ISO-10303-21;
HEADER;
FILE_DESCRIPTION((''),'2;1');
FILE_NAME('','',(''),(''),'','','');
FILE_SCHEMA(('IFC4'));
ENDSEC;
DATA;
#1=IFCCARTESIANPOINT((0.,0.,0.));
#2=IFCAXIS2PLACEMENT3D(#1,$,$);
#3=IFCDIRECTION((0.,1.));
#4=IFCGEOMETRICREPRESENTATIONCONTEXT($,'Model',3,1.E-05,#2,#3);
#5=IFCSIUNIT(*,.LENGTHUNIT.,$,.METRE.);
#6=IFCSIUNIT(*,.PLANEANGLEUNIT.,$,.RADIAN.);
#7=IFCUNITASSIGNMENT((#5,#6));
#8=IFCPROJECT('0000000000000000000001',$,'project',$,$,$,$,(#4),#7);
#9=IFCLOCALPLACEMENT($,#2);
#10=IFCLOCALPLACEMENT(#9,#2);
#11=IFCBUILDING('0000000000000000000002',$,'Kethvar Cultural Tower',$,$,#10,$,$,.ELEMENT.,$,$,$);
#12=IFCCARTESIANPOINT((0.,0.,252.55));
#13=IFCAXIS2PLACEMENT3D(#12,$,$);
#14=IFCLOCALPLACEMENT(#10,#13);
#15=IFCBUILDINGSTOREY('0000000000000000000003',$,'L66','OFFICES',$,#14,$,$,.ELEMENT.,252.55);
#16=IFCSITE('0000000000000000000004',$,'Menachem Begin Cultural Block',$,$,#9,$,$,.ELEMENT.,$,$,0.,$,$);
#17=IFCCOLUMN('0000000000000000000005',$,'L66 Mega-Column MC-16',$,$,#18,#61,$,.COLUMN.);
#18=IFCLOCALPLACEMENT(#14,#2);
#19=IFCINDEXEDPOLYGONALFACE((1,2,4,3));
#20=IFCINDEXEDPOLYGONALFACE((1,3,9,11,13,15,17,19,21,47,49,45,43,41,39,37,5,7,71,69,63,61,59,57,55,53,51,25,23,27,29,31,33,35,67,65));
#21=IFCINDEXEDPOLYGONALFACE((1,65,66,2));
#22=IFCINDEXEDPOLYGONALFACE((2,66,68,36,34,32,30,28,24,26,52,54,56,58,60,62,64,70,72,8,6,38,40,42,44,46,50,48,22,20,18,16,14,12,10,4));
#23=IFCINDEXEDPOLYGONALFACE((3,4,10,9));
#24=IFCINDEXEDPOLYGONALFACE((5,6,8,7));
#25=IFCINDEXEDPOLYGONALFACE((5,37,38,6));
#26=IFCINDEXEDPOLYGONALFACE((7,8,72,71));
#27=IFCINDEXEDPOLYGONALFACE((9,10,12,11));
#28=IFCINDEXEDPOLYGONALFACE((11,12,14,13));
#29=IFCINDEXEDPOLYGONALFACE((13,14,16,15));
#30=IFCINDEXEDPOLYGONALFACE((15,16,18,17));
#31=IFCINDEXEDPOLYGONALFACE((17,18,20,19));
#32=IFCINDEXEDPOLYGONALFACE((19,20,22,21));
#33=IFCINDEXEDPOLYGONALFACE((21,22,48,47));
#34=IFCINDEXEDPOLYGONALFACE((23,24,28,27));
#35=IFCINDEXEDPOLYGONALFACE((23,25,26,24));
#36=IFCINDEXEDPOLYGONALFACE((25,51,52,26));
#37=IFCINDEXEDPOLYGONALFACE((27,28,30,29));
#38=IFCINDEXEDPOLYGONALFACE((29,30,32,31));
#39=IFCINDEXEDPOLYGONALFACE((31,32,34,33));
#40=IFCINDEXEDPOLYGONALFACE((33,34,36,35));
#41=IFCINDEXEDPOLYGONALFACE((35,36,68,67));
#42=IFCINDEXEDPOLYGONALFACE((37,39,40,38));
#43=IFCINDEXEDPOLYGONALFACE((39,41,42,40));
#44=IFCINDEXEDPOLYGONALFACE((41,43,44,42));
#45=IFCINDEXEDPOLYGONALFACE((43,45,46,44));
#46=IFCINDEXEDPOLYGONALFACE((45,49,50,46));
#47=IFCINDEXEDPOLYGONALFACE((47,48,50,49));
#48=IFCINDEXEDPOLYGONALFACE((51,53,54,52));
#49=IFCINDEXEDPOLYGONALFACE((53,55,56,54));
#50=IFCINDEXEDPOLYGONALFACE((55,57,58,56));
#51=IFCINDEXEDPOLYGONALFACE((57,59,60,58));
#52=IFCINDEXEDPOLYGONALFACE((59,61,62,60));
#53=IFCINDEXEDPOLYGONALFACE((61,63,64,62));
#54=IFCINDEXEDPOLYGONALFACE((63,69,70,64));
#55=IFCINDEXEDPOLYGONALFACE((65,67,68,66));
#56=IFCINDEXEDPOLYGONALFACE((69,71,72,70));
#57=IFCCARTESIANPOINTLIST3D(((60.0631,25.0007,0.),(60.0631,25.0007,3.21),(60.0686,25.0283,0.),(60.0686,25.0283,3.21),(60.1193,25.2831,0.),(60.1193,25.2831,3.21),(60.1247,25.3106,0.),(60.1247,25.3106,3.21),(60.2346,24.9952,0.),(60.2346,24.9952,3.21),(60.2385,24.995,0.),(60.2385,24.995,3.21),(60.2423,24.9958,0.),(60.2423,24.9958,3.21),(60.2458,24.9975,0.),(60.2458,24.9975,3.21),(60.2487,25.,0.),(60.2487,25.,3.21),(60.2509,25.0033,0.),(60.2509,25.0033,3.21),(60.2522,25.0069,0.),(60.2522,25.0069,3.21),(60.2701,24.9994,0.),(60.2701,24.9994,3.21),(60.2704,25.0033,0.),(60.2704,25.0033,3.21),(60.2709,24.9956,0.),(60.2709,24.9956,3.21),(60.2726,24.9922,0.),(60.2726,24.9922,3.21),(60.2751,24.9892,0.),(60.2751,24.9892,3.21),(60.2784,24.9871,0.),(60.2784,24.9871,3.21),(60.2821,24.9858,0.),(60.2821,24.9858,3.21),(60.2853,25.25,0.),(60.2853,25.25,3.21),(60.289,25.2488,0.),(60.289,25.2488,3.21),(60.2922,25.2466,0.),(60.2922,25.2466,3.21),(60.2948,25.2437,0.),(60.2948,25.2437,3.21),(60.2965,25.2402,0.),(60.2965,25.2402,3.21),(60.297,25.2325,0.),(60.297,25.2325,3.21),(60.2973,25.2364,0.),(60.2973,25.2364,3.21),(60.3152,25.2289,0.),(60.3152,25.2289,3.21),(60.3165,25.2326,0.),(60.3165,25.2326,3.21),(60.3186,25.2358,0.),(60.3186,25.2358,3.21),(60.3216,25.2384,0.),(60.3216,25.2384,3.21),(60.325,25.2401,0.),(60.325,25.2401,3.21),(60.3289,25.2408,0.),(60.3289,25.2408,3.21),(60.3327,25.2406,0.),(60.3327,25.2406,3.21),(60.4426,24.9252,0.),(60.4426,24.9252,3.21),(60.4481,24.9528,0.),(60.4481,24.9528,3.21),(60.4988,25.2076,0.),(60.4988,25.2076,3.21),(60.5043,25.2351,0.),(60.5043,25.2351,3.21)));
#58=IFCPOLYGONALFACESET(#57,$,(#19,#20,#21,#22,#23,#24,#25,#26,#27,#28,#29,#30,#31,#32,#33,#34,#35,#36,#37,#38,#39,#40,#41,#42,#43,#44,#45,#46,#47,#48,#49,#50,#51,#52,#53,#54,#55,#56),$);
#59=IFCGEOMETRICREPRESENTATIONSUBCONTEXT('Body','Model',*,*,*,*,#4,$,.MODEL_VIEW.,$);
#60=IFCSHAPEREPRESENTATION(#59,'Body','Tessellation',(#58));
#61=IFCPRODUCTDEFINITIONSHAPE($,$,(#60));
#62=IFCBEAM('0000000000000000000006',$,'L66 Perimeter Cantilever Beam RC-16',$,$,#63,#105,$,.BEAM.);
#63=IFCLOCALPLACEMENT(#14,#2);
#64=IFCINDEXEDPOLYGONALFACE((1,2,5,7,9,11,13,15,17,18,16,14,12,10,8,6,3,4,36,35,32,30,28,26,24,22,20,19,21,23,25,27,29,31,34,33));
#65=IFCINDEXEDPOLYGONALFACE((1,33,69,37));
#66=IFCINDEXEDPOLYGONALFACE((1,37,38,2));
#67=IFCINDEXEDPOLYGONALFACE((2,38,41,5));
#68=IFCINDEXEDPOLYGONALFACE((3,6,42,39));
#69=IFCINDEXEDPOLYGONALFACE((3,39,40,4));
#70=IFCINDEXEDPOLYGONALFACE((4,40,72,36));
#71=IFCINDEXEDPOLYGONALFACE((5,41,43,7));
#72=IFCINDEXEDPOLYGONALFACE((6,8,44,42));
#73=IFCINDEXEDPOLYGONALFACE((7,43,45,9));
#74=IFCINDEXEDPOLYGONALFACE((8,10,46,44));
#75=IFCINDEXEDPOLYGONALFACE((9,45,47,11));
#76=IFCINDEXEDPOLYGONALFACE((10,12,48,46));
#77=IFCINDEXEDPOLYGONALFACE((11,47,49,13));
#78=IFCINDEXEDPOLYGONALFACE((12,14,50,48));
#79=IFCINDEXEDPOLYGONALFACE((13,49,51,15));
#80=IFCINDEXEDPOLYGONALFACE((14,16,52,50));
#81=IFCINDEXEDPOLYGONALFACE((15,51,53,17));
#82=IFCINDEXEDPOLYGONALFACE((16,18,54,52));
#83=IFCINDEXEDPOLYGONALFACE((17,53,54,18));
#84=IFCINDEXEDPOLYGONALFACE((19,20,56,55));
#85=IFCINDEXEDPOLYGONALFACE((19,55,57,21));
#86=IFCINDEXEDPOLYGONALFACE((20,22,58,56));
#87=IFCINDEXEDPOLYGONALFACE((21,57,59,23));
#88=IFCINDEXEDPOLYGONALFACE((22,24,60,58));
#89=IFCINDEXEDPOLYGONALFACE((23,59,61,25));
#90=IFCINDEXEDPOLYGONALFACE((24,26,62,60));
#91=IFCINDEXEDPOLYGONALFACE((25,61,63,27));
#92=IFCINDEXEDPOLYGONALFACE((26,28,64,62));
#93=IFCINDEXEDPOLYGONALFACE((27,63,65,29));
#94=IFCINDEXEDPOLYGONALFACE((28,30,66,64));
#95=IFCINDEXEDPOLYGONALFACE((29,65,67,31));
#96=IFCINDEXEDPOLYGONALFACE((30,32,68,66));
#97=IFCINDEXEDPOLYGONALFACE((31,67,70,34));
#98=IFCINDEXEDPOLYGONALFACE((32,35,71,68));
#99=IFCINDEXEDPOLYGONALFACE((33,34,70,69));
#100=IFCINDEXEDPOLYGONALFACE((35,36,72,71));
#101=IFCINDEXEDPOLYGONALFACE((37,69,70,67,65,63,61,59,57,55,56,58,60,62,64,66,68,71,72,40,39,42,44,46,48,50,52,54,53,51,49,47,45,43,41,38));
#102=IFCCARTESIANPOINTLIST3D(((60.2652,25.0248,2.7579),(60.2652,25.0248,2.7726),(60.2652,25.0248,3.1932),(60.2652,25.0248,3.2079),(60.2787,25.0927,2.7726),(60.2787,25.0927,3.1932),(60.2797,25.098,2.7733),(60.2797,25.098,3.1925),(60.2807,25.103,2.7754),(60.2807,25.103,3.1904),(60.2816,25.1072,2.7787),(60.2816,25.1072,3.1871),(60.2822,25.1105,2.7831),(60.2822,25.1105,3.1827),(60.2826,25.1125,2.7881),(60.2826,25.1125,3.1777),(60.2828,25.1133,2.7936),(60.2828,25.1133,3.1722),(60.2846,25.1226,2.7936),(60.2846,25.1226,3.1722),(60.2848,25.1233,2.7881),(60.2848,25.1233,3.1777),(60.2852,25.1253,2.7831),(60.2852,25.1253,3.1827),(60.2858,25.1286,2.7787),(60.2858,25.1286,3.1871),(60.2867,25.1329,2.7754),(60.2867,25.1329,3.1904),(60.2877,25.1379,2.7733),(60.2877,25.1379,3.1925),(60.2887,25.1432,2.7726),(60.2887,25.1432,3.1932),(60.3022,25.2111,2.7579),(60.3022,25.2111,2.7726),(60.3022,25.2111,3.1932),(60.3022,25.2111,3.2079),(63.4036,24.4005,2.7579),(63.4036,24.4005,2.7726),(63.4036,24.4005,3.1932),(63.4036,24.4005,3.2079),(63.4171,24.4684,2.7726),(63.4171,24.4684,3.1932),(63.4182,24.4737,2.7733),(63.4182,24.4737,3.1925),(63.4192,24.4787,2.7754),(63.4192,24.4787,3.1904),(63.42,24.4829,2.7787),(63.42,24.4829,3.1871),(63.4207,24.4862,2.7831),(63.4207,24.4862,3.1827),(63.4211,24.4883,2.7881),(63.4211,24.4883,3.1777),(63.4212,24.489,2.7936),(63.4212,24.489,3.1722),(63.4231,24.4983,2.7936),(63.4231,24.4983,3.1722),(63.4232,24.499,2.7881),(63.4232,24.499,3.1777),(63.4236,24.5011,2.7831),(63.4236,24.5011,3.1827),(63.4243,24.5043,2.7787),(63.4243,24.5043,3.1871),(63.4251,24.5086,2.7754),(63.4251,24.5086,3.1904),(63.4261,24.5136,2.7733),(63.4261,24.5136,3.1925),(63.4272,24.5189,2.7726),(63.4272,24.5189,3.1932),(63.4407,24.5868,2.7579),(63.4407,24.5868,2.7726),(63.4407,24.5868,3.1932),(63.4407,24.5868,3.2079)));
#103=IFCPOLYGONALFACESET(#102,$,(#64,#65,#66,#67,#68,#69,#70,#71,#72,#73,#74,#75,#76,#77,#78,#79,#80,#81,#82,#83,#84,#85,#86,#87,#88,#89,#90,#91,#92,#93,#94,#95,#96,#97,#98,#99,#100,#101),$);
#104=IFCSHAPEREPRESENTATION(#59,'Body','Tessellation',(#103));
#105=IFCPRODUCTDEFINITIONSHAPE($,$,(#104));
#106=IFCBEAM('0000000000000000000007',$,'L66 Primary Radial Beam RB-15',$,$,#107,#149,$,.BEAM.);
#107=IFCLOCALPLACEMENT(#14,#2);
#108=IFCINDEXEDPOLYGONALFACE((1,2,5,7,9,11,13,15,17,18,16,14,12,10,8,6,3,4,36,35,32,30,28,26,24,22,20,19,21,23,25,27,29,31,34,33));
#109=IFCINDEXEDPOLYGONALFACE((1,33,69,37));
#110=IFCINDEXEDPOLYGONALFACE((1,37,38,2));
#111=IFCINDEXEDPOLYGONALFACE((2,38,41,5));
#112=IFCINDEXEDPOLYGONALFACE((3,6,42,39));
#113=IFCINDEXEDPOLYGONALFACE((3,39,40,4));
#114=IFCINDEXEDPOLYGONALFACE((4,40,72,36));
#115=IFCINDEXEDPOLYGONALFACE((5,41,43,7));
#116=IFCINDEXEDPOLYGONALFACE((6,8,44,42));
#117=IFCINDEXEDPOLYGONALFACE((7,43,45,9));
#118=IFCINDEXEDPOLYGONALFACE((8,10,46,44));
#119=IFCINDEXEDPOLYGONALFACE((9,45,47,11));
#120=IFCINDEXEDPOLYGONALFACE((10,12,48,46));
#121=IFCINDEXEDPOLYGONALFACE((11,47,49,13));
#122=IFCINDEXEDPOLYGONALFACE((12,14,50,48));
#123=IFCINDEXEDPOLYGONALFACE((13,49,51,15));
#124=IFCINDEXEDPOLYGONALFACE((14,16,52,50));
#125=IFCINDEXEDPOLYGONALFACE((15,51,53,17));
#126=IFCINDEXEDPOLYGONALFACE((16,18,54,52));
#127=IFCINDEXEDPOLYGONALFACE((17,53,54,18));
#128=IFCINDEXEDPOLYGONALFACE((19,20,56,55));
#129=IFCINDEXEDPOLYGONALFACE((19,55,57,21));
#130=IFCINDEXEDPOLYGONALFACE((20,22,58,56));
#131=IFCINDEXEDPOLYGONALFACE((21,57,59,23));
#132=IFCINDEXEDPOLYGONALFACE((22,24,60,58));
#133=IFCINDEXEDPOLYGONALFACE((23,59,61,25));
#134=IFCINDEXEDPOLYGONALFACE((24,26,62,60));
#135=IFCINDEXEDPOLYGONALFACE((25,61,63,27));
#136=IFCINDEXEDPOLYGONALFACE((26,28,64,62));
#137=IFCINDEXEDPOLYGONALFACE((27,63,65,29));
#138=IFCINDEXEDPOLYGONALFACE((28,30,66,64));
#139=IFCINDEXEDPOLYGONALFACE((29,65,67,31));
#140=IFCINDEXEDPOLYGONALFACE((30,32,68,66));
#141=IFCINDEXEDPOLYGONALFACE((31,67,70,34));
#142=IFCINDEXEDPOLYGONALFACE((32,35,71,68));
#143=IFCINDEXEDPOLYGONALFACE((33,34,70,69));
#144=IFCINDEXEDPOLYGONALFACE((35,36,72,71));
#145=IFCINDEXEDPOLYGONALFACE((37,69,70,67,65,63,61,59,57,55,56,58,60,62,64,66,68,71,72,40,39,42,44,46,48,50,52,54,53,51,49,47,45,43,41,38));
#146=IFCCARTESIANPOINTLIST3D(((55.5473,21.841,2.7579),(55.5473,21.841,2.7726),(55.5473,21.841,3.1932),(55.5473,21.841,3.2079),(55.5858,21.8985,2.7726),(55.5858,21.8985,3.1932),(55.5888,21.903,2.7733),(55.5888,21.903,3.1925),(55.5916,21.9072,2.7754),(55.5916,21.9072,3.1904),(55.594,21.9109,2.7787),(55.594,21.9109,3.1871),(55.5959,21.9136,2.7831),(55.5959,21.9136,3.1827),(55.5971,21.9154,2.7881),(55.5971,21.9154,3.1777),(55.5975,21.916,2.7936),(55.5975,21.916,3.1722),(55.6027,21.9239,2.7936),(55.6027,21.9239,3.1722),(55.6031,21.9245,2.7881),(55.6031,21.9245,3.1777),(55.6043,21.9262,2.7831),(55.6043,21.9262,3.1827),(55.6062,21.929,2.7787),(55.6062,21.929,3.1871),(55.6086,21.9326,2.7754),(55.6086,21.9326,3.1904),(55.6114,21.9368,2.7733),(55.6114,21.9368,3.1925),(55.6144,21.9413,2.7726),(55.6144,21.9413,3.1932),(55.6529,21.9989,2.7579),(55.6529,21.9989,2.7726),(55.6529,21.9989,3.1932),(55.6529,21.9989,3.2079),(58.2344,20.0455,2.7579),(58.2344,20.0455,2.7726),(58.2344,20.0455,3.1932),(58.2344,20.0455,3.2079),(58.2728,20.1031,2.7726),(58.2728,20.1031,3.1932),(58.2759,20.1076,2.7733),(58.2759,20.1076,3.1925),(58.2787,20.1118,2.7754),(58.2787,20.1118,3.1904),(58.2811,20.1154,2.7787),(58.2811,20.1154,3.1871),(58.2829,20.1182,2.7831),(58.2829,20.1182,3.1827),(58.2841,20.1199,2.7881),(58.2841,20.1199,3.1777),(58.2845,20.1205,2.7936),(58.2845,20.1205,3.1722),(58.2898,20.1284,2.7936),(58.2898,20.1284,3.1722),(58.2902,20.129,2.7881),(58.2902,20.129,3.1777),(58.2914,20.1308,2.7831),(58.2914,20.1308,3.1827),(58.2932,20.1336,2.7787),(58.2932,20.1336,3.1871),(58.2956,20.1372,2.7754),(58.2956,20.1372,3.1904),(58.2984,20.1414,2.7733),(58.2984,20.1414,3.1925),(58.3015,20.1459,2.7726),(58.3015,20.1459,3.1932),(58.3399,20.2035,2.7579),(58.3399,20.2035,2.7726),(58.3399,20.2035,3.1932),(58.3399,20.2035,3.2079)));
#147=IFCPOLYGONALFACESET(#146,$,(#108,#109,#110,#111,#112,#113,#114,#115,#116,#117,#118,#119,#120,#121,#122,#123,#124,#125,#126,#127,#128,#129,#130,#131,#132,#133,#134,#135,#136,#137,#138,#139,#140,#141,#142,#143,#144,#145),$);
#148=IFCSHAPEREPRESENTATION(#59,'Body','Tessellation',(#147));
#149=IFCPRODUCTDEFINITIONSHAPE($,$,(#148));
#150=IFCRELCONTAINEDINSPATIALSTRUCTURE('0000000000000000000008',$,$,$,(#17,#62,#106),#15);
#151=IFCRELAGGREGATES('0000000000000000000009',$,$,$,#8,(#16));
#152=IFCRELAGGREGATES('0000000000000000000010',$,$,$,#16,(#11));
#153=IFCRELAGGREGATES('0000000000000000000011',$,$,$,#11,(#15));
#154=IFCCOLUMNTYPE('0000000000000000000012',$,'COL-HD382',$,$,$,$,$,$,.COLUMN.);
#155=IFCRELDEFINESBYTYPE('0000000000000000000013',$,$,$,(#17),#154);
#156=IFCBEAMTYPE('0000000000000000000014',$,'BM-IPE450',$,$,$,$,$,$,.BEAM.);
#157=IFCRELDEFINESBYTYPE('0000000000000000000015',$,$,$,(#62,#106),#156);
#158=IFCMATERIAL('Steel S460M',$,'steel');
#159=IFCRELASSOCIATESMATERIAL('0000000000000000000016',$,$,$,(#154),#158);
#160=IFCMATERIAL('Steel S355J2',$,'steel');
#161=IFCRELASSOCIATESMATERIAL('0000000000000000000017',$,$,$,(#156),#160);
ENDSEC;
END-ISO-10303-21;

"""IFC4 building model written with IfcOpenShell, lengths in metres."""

from ifc_helpers import new_model, si_unit, direction, frame, origin, origin_2d, place, context, subcontext, project, spatial, i_section, extrude, source, transform, mapped, material, material_profile, profile_set, type_object, element, save


model = new_model("IFC4")

# Units and contexts
model_context = context("Model", 3, precision=1e-05, world=origin(), true_north=direction((0.0, 1.0)))
body_context = subcontext(model_context, "Body", "Model", "MODEL_VIEW")
ifc_project = project(units=[si_unit("LENGTHUNIT", "METRE"), si_unit("PLANEANGLEUNIT", "RADIAN")], contexts=[model_context])

# Site, building, storey
site_placement = place(None, origin())
site = spatial("IfcSite", under=ifc_project, at=site_placement, Name="Menachem Begin Cultural Block", CompositionType="ELEMENT", RefElevation=0.0)
building_placement = place(site_placement, origin())
building = spatial("IfcBuilding", under=site, at=building_placement, Name="Kethvar Cultural Tower", CompositionType="ELEMENT")
storey_placement = place(building_placement, frame((0.0, 0.0, 252.55)))
storey = spatial("IfcBuildingStorey", under=building, at=storey_placement, Name="L66", Description="OFFICES", CompositionType="ELEMENT", Elevation=252.55)

# Column
ifc_material_1 = material(Name="Steel S460M", Category="steel")
ifc_material_profile_1 = material_profile(ifc_material_1, i_section(OverallWidth=0.387, OverallDepth=0.3159, WebThickness=0.0186, FlangeThickness=0.0281, FilletRadius=0.0149, at=origin_2d()), Name="Steel S460M — HD400x382")
ifc_profile_set_1 = profile_set([ifc_material_profile_1], Name="Steel S460M — HD400x382")
column_type = type_object("IfcColumnType", Name="COL-HD382", PredefinedType="COLUMN", material=ifc_profile_set_1)
shared_shape_1 = source(origin(), body_context, "Body", "SweptSolid", [
    extrude(i_section(OverallWidth=0.387, OverallDepth=0.3159, WebThickness=0.0186, FlangeThickness=0.0281, FilletRadius=0.0149, at=origin_2d()), origin(), (0.0, 0.0, 1.0), 3.21),
])
column_placement = place(storey_placement, frame((60.2837, 25.1179, 0.0), z_axis=(0.0, 0.0, 1.0), x_axis=(0.980785, -0.19509, 0.0)))
element("IfcColumn", 1, at=column_placement, inside=storey, type_object=column_type, Name="L66 Mega-Column MC-16", PredefinedType="COLUMN", context=body_context, shape_type="MappedRepresentation", body=[
    mapped(shared_shape_1, transform((0.0, 0.0, 0.0), scale=1.0)),
])

# Beams
ifc_material_2 = material(Name="Steel S355J2", Category="steel")
ifc_material_profile_2 = material_profile(ifc_material_2, i_section(OverallWidth=0.1899, OverallDepth=0.45, WebThickness=0.0095, FlangeThickness=0.0146, FilletRadius=0.021, at=origin_2d()), Name="Steel S355J2 — IPE450")
ifc_profile_set_2 = profile_set([ifc_material_profile_2], Name="Steel S355J2 — IPE450")
beam_type_1 = type_object("IfcBeamType", Name="BM-IPE450", PredefinedType="BEAM", material=ifc_profile_set_2)
shared_shape_2 = source(origin(), body_context, "Body", "SweptSolid", [
    extrude(i_section(OverallWidth=0.1899, OverallDepth=0.45, WebThickness=0.0095, FlangeThickness=0.0146, FilletRadius=0.021, at=origin_2d()), origin(), (0.0, 0.0, 1.0), 3.2),
])
beam_1_placement = place(storey_placement, frame((60.2837, 25.1179, 2.9829), z_axis=(0.980786, -0.195089, 0.0), x_axis=(0.195089, 0.980786, 0.0)))
element("IfcBeam", 2, at=beam_1_placement, inside=storey, type_object=beam_type_1, Name="L66 Perimeter Cantilever Beam RC-16", PredefinedType="BEAM", context=body_context, shape_type="MappedRepresentation", body=[
    mapped(shared_shape_2, transform((0.0, 0.0, 0.0), scale=1.0)),
])
shared_shape_3 = source(origin(), body_context, "Body", "SweptSolid", [
    extrude(i_section(OverallWidth=0.1899, OverallDepth=0.45, WebThickness=0.0095, FlangeThickness=0.0146, FilletRadius=0.021, at=origin_2d()), origin(), (0.0, 0.0, 1.0), 3.2317),
])
beam_2_placement = place(storey_placement, frame((55.6001, 21.9199, 2.9829), z_axis=(0.831469, -0.555572, 0.0), x_axis=(0.555572, 0.831469, 0.0)))
element("IfcBeam", 3, at=beam_2_placement, inside=storey, type_object=beam_type_1, Name="L66 Primary Radial Beam RB-15", PredefinedType="BEAM", context=body_context, shape_type="MappedRepresentation", body=[
    mapped(shared_shape_3, transform((0.0, 0.0, 0.0), scale=1.0)),
])

save(model, "model.ifc")
